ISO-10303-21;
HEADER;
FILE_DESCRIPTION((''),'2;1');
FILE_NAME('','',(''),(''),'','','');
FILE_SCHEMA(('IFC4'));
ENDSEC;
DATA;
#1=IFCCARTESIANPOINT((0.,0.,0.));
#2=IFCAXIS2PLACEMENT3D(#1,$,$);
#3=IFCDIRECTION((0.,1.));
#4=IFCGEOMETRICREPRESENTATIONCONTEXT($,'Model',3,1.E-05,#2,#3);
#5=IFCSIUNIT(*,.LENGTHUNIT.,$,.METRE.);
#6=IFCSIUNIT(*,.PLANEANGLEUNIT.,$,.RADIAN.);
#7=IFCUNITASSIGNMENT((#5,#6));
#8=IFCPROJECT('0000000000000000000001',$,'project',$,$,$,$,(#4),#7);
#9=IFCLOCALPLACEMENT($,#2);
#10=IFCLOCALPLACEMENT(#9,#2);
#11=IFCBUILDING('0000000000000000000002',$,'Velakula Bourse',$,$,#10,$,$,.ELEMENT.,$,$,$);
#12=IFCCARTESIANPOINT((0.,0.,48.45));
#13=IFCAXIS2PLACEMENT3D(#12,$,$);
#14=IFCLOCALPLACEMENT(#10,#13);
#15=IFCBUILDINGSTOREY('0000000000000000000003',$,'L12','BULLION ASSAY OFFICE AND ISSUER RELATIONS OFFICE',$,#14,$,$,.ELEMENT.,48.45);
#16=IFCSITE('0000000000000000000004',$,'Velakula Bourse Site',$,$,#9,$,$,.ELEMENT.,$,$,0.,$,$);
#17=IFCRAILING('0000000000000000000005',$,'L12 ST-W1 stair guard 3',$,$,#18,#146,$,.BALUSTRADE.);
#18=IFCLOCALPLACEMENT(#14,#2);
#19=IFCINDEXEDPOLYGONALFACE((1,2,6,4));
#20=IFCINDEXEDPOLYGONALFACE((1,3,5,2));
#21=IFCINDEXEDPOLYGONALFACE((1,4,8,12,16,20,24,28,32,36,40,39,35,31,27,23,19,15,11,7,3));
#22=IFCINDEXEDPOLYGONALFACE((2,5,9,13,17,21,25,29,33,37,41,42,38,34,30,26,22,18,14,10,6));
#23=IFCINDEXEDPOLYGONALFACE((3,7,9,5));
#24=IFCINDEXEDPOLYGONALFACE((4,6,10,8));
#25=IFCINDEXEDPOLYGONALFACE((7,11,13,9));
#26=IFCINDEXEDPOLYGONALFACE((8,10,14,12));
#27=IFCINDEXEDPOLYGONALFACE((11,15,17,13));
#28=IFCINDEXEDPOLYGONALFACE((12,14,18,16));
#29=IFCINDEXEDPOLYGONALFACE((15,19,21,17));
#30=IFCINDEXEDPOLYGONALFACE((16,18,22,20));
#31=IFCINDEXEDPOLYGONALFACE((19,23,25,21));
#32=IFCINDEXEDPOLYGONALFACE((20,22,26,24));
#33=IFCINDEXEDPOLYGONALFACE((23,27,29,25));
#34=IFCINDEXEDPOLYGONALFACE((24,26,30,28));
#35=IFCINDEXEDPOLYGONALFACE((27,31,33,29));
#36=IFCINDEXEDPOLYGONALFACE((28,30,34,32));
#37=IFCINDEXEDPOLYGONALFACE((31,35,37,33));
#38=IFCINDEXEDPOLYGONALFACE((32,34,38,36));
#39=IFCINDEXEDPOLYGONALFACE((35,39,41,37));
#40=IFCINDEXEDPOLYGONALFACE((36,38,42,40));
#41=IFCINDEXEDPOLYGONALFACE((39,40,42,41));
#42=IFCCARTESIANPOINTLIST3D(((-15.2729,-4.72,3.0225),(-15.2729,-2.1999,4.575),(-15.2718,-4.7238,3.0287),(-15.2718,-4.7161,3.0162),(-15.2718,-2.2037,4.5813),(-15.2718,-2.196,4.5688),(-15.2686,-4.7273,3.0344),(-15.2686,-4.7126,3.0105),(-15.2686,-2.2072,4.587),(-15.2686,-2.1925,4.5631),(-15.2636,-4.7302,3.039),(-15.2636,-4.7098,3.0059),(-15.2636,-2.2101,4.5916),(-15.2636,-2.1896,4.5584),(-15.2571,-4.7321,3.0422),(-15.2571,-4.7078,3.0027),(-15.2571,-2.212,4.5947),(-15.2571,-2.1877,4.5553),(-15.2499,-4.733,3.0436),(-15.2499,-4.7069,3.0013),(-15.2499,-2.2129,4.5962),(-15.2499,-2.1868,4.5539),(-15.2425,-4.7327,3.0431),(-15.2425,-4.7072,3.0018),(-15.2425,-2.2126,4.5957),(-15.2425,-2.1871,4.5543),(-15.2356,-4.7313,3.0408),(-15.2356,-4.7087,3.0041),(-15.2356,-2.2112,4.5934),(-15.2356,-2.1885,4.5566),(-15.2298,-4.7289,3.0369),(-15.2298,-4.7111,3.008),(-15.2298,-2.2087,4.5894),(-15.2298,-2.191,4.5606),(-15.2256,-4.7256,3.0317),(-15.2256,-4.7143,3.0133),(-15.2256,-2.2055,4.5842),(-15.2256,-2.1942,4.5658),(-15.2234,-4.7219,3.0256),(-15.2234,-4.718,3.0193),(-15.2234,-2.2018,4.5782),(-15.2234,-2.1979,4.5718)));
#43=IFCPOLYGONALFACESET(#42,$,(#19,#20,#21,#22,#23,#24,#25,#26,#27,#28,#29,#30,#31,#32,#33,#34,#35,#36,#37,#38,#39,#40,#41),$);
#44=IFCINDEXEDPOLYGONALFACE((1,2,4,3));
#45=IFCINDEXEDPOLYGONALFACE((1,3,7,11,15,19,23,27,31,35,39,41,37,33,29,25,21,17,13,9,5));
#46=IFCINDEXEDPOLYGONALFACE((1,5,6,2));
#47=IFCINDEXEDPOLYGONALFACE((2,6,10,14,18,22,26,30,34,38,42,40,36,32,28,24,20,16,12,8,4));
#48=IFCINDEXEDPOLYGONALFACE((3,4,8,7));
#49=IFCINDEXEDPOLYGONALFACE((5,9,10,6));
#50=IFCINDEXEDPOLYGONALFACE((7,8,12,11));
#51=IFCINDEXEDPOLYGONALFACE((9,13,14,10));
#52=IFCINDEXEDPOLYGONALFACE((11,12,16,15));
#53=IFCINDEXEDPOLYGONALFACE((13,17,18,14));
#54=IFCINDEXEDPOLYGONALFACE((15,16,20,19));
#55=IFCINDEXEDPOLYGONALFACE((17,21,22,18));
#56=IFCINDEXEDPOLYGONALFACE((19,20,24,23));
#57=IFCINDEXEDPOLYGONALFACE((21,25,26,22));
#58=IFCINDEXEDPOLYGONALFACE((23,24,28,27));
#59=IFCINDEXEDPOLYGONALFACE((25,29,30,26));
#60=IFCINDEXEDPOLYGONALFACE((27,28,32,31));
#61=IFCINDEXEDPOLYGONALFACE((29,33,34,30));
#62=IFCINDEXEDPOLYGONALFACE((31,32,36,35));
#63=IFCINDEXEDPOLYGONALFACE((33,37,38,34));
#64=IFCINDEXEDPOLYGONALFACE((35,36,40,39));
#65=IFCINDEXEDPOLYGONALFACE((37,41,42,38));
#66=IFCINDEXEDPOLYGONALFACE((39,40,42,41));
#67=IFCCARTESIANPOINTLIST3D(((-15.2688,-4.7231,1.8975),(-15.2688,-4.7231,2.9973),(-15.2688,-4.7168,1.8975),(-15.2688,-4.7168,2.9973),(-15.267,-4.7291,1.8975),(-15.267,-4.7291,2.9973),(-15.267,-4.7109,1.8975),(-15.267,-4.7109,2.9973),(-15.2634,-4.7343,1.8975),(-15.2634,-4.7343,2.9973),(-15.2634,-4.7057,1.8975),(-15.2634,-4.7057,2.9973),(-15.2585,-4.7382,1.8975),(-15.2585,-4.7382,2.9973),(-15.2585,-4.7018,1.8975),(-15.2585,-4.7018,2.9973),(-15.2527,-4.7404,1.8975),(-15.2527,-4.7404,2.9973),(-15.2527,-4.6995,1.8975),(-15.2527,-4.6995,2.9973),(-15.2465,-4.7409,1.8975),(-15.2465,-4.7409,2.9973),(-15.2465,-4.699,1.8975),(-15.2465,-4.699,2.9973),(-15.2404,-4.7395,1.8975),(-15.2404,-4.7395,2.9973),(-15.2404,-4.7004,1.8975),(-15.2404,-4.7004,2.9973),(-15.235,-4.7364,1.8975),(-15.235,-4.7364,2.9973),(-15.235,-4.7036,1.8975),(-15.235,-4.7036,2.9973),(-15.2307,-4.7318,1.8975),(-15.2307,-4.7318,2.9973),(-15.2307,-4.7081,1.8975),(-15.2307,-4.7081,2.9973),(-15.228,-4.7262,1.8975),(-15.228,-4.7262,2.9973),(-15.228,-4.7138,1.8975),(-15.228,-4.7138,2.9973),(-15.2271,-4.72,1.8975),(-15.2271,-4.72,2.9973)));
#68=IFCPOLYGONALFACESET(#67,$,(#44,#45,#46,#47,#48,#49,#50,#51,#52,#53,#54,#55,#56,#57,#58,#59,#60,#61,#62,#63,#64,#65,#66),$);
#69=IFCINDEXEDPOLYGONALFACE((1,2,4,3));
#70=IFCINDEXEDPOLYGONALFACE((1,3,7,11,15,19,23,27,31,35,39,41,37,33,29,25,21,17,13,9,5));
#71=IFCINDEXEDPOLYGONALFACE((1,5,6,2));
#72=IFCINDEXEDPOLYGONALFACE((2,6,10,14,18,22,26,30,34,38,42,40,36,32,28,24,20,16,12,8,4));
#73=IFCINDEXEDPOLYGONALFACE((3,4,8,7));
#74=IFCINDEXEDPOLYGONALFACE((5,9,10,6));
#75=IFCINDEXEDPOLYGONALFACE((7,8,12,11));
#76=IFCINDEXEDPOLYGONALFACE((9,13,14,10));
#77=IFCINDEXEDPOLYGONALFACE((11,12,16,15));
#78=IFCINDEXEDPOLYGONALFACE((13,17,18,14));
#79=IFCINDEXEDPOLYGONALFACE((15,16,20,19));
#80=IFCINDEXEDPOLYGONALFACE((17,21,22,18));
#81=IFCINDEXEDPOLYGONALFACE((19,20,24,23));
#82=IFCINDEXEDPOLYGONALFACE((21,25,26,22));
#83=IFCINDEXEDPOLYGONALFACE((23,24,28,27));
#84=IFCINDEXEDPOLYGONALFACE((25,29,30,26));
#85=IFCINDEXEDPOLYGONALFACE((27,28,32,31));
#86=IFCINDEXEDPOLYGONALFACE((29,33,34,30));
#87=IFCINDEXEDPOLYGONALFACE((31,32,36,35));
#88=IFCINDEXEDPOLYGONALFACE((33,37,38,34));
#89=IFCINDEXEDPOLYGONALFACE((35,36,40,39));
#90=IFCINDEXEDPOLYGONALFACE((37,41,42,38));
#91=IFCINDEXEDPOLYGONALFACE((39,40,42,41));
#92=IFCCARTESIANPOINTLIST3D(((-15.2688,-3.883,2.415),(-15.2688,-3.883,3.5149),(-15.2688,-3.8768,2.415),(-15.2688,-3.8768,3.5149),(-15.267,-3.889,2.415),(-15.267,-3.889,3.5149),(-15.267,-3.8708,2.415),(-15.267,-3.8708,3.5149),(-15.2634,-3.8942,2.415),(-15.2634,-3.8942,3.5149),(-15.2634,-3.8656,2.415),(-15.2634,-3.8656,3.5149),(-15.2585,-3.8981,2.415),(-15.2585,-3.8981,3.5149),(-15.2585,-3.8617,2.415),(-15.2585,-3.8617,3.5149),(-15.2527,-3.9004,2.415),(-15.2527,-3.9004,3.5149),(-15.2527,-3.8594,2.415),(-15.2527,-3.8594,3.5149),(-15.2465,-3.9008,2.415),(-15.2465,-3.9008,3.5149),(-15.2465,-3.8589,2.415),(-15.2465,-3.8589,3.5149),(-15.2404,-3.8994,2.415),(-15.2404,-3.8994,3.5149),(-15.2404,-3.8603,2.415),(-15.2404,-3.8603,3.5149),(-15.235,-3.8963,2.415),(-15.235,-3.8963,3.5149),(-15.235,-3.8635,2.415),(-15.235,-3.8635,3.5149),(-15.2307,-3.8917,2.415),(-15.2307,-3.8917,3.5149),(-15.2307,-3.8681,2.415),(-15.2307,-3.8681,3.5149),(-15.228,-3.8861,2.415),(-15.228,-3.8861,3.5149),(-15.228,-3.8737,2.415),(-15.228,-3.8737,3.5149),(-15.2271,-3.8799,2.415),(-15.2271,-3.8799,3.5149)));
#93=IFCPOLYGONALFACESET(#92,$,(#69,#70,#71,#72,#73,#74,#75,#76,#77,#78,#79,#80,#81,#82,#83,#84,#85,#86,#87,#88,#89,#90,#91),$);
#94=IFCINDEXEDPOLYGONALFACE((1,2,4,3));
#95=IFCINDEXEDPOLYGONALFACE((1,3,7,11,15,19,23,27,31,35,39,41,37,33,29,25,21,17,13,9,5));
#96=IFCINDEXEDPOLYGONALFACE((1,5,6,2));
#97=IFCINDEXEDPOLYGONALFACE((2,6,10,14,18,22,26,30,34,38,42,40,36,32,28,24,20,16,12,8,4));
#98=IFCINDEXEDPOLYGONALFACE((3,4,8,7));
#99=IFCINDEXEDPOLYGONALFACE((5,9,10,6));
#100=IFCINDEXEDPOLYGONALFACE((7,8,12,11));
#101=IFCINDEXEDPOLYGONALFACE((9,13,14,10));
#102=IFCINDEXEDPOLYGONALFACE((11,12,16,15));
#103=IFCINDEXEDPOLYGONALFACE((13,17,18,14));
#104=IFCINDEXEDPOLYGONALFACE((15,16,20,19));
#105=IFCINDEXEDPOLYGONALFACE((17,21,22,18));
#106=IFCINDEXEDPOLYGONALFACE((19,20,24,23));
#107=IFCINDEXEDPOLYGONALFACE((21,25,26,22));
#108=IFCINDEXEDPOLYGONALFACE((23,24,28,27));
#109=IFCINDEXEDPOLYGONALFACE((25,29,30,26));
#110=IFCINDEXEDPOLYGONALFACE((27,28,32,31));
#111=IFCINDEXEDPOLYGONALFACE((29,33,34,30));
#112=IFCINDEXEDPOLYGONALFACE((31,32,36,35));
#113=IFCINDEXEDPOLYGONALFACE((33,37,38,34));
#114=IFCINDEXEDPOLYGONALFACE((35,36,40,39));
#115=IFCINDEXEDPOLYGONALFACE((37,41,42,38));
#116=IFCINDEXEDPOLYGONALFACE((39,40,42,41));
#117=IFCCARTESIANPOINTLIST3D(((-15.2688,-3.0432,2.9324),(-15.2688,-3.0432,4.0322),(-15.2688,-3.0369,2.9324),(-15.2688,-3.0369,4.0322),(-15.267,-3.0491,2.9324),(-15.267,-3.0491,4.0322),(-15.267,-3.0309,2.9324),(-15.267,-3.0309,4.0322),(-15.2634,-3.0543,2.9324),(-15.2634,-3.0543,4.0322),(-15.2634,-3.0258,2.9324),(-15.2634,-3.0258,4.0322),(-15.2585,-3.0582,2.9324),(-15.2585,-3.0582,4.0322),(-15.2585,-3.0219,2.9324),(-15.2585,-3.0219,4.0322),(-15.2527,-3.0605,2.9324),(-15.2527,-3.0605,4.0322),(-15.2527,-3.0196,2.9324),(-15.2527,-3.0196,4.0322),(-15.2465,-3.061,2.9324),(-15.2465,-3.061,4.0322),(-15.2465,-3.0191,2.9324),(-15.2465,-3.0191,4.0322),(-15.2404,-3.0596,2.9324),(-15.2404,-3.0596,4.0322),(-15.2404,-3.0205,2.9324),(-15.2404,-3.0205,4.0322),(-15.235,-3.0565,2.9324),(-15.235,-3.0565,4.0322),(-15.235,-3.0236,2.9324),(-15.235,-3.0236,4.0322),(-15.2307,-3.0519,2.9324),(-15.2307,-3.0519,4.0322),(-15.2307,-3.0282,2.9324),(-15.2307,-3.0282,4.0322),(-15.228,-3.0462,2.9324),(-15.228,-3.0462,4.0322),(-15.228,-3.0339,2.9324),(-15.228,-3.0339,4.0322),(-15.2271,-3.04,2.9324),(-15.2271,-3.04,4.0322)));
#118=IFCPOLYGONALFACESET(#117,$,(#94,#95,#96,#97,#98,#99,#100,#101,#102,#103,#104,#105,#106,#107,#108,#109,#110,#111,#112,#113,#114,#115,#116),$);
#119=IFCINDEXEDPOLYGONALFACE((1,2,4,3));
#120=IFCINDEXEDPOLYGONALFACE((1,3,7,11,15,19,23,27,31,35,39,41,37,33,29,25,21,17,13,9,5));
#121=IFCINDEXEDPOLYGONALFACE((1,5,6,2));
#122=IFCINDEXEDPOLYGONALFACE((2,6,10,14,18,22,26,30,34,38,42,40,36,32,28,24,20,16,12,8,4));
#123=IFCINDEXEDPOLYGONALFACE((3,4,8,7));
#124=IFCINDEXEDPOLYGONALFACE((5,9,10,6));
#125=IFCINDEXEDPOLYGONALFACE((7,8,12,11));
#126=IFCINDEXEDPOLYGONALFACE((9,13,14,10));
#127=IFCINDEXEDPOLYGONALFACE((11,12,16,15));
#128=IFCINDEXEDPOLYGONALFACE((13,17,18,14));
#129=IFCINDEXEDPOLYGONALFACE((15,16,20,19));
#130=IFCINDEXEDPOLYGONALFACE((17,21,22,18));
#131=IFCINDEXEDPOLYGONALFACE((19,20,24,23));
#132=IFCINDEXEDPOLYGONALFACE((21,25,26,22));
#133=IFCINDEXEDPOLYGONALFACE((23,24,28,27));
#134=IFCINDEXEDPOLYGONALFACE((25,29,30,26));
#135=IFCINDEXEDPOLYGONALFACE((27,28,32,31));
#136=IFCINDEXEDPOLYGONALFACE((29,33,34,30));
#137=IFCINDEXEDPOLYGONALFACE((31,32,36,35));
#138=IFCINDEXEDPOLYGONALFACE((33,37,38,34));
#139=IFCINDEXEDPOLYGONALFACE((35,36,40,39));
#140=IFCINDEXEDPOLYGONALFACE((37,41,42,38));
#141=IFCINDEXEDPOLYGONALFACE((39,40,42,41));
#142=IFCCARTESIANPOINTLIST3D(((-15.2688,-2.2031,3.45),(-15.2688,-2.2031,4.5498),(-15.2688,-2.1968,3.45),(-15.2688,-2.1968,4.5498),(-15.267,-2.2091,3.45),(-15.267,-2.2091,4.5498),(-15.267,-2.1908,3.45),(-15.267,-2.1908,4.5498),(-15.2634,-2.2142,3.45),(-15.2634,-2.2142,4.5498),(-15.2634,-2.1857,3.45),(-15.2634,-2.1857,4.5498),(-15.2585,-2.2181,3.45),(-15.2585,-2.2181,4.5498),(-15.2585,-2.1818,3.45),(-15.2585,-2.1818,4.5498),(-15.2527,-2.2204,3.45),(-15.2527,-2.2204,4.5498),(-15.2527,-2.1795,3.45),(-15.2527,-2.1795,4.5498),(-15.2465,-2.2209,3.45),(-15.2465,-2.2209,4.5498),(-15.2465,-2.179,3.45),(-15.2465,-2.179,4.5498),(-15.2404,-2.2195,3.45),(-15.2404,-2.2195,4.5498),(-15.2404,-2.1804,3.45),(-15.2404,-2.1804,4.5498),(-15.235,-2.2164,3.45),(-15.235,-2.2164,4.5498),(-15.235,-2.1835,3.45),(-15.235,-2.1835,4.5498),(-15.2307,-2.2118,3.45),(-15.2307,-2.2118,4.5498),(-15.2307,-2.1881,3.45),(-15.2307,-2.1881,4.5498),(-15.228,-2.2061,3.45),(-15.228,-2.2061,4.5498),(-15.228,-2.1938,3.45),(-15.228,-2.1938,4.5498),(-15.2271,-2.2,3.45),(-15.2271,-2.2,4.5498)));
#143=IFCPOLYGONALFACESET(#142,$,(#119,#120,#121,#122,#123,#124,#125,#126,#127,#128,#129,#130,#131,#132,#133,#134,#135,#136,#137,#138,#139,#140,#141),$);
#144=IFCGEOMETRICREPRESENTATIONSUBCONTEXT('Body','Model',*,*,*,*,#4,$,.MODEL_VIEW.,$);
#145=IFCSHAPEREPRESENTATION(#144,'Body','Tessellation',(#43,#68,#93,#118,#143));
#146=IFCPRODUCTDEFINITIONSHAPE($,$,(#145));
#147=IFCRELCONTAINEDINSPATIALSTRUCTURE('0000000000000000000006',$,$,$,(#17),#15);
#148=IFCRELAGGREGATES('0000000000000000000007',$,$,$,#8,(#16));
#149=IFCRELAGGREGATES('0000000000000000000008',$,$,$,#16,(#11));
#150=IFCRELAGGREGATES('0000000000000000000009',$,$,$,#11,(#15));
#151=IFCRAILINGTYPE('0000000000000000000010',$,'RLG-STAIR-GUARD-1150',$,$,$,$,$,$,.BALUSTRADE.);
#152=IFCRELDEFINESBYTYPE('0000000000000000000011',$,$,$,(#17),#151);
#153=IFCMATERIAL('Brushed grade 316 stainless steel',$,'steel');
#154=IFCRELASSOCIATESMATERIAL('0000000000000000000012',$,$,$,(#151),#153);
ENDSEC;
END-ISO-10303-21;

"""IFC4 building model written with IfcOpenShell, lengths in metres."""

from ifc_helpers import new_model, si_unit, direction, frame, origin, origin_2d, place, context, subcontext, project, spatial, circle, extrude, material, type_object, element, save


model = new_model("IFC4")

# Units and contexts
model_context = context("Model", 3, precision=1e-05, world=origin(), true_north=direction((0.0, 1.0)))
body_context = subcontext(model_context, "Body", "Model", "MODEL_VIEW")
ifc_project = project(units=[si_unit("LENGTHUNIT", "METRE"), si_unit("PLANEANGLEUNIT", "RADIAN")], contexts=[model_context])

# Site, building, storey
site_placement = place(None, origin())
site = spatial("IfcSite", under=ifc_project, at=site_placement, Name="Velakula Bourse Site", CompositionType="ELEMENT", RefElevation=0.0)
building_placement = place(site_placement, origin())
building = spatial("IfcBuilding", under=site, at=building_placement, Name="Velakula Bourse", CompositionType="ELEMENT")
storey_placement = place(building_placement, frame((0.0, 0.0, 48.45)))
storey = spatial("IfcBuildingStorey", under=building, at=storey_placement, Name="L12", Description="BULLION ASSAY OFFICE AND ISSUER RELATIONS OFFICE", CompositionType="ELEMENT", Elevation=48.45)

# Shared definitions
ifc_material_1 = material(Name="Brushed grade 316 stainless steel", Category="steel")

# Railing
railing_type_1 = type_object("IfcRailingType", Name="RLG-STAIR-GUARD-1150", PredefinedType="BALUSTRADE", material=ifc_material_1)
railing_1_placement = place(storey_placement, frame((-15.248, -4.72, 1.8975)))
element("IfcRailing", 1, at=railing_1_placement, inside=storey, type_object=railing_type_1, Name="L12 ST-W1 stair guard 3", PredefinedType="BALUSTRADE", context=body_context, shape_type="SweptSolid", body=[
    extrude(circle(Radius=0.0249, at=origin_2d()), frame((0.0, 0.0, 1.125), z_axis=(0.0, 0.8514, 0.524516), x_axis=(-1.0, 0.0, 0.0)), (0.0, 0.0, 1.0), 2.96),
    extrude(circle(Radius=0.021, at=origin_2d()), origin(), (0.0, 0.0, 1.0), 1.0999),
    extrude(circle(Radius=0.021, at=origin_2d()), frame((0.0, 0.8401, 0.5176)), (0.0, 0.0, 1.0), 1.0999),
    extrude(circle(Radius=0.021, at=origin_2d()), frame((0.0, 1.6799, 1.0349)), (0.0, 0.0, 1.0), 1.0999),
    extrude(circle(Radius=0.021, at=origin_2d()), frame((0.0, 2.52, 1.5525)), (0.0, 0.0, 1.0), 1.0999),
])

save(model, "model.ifc")
